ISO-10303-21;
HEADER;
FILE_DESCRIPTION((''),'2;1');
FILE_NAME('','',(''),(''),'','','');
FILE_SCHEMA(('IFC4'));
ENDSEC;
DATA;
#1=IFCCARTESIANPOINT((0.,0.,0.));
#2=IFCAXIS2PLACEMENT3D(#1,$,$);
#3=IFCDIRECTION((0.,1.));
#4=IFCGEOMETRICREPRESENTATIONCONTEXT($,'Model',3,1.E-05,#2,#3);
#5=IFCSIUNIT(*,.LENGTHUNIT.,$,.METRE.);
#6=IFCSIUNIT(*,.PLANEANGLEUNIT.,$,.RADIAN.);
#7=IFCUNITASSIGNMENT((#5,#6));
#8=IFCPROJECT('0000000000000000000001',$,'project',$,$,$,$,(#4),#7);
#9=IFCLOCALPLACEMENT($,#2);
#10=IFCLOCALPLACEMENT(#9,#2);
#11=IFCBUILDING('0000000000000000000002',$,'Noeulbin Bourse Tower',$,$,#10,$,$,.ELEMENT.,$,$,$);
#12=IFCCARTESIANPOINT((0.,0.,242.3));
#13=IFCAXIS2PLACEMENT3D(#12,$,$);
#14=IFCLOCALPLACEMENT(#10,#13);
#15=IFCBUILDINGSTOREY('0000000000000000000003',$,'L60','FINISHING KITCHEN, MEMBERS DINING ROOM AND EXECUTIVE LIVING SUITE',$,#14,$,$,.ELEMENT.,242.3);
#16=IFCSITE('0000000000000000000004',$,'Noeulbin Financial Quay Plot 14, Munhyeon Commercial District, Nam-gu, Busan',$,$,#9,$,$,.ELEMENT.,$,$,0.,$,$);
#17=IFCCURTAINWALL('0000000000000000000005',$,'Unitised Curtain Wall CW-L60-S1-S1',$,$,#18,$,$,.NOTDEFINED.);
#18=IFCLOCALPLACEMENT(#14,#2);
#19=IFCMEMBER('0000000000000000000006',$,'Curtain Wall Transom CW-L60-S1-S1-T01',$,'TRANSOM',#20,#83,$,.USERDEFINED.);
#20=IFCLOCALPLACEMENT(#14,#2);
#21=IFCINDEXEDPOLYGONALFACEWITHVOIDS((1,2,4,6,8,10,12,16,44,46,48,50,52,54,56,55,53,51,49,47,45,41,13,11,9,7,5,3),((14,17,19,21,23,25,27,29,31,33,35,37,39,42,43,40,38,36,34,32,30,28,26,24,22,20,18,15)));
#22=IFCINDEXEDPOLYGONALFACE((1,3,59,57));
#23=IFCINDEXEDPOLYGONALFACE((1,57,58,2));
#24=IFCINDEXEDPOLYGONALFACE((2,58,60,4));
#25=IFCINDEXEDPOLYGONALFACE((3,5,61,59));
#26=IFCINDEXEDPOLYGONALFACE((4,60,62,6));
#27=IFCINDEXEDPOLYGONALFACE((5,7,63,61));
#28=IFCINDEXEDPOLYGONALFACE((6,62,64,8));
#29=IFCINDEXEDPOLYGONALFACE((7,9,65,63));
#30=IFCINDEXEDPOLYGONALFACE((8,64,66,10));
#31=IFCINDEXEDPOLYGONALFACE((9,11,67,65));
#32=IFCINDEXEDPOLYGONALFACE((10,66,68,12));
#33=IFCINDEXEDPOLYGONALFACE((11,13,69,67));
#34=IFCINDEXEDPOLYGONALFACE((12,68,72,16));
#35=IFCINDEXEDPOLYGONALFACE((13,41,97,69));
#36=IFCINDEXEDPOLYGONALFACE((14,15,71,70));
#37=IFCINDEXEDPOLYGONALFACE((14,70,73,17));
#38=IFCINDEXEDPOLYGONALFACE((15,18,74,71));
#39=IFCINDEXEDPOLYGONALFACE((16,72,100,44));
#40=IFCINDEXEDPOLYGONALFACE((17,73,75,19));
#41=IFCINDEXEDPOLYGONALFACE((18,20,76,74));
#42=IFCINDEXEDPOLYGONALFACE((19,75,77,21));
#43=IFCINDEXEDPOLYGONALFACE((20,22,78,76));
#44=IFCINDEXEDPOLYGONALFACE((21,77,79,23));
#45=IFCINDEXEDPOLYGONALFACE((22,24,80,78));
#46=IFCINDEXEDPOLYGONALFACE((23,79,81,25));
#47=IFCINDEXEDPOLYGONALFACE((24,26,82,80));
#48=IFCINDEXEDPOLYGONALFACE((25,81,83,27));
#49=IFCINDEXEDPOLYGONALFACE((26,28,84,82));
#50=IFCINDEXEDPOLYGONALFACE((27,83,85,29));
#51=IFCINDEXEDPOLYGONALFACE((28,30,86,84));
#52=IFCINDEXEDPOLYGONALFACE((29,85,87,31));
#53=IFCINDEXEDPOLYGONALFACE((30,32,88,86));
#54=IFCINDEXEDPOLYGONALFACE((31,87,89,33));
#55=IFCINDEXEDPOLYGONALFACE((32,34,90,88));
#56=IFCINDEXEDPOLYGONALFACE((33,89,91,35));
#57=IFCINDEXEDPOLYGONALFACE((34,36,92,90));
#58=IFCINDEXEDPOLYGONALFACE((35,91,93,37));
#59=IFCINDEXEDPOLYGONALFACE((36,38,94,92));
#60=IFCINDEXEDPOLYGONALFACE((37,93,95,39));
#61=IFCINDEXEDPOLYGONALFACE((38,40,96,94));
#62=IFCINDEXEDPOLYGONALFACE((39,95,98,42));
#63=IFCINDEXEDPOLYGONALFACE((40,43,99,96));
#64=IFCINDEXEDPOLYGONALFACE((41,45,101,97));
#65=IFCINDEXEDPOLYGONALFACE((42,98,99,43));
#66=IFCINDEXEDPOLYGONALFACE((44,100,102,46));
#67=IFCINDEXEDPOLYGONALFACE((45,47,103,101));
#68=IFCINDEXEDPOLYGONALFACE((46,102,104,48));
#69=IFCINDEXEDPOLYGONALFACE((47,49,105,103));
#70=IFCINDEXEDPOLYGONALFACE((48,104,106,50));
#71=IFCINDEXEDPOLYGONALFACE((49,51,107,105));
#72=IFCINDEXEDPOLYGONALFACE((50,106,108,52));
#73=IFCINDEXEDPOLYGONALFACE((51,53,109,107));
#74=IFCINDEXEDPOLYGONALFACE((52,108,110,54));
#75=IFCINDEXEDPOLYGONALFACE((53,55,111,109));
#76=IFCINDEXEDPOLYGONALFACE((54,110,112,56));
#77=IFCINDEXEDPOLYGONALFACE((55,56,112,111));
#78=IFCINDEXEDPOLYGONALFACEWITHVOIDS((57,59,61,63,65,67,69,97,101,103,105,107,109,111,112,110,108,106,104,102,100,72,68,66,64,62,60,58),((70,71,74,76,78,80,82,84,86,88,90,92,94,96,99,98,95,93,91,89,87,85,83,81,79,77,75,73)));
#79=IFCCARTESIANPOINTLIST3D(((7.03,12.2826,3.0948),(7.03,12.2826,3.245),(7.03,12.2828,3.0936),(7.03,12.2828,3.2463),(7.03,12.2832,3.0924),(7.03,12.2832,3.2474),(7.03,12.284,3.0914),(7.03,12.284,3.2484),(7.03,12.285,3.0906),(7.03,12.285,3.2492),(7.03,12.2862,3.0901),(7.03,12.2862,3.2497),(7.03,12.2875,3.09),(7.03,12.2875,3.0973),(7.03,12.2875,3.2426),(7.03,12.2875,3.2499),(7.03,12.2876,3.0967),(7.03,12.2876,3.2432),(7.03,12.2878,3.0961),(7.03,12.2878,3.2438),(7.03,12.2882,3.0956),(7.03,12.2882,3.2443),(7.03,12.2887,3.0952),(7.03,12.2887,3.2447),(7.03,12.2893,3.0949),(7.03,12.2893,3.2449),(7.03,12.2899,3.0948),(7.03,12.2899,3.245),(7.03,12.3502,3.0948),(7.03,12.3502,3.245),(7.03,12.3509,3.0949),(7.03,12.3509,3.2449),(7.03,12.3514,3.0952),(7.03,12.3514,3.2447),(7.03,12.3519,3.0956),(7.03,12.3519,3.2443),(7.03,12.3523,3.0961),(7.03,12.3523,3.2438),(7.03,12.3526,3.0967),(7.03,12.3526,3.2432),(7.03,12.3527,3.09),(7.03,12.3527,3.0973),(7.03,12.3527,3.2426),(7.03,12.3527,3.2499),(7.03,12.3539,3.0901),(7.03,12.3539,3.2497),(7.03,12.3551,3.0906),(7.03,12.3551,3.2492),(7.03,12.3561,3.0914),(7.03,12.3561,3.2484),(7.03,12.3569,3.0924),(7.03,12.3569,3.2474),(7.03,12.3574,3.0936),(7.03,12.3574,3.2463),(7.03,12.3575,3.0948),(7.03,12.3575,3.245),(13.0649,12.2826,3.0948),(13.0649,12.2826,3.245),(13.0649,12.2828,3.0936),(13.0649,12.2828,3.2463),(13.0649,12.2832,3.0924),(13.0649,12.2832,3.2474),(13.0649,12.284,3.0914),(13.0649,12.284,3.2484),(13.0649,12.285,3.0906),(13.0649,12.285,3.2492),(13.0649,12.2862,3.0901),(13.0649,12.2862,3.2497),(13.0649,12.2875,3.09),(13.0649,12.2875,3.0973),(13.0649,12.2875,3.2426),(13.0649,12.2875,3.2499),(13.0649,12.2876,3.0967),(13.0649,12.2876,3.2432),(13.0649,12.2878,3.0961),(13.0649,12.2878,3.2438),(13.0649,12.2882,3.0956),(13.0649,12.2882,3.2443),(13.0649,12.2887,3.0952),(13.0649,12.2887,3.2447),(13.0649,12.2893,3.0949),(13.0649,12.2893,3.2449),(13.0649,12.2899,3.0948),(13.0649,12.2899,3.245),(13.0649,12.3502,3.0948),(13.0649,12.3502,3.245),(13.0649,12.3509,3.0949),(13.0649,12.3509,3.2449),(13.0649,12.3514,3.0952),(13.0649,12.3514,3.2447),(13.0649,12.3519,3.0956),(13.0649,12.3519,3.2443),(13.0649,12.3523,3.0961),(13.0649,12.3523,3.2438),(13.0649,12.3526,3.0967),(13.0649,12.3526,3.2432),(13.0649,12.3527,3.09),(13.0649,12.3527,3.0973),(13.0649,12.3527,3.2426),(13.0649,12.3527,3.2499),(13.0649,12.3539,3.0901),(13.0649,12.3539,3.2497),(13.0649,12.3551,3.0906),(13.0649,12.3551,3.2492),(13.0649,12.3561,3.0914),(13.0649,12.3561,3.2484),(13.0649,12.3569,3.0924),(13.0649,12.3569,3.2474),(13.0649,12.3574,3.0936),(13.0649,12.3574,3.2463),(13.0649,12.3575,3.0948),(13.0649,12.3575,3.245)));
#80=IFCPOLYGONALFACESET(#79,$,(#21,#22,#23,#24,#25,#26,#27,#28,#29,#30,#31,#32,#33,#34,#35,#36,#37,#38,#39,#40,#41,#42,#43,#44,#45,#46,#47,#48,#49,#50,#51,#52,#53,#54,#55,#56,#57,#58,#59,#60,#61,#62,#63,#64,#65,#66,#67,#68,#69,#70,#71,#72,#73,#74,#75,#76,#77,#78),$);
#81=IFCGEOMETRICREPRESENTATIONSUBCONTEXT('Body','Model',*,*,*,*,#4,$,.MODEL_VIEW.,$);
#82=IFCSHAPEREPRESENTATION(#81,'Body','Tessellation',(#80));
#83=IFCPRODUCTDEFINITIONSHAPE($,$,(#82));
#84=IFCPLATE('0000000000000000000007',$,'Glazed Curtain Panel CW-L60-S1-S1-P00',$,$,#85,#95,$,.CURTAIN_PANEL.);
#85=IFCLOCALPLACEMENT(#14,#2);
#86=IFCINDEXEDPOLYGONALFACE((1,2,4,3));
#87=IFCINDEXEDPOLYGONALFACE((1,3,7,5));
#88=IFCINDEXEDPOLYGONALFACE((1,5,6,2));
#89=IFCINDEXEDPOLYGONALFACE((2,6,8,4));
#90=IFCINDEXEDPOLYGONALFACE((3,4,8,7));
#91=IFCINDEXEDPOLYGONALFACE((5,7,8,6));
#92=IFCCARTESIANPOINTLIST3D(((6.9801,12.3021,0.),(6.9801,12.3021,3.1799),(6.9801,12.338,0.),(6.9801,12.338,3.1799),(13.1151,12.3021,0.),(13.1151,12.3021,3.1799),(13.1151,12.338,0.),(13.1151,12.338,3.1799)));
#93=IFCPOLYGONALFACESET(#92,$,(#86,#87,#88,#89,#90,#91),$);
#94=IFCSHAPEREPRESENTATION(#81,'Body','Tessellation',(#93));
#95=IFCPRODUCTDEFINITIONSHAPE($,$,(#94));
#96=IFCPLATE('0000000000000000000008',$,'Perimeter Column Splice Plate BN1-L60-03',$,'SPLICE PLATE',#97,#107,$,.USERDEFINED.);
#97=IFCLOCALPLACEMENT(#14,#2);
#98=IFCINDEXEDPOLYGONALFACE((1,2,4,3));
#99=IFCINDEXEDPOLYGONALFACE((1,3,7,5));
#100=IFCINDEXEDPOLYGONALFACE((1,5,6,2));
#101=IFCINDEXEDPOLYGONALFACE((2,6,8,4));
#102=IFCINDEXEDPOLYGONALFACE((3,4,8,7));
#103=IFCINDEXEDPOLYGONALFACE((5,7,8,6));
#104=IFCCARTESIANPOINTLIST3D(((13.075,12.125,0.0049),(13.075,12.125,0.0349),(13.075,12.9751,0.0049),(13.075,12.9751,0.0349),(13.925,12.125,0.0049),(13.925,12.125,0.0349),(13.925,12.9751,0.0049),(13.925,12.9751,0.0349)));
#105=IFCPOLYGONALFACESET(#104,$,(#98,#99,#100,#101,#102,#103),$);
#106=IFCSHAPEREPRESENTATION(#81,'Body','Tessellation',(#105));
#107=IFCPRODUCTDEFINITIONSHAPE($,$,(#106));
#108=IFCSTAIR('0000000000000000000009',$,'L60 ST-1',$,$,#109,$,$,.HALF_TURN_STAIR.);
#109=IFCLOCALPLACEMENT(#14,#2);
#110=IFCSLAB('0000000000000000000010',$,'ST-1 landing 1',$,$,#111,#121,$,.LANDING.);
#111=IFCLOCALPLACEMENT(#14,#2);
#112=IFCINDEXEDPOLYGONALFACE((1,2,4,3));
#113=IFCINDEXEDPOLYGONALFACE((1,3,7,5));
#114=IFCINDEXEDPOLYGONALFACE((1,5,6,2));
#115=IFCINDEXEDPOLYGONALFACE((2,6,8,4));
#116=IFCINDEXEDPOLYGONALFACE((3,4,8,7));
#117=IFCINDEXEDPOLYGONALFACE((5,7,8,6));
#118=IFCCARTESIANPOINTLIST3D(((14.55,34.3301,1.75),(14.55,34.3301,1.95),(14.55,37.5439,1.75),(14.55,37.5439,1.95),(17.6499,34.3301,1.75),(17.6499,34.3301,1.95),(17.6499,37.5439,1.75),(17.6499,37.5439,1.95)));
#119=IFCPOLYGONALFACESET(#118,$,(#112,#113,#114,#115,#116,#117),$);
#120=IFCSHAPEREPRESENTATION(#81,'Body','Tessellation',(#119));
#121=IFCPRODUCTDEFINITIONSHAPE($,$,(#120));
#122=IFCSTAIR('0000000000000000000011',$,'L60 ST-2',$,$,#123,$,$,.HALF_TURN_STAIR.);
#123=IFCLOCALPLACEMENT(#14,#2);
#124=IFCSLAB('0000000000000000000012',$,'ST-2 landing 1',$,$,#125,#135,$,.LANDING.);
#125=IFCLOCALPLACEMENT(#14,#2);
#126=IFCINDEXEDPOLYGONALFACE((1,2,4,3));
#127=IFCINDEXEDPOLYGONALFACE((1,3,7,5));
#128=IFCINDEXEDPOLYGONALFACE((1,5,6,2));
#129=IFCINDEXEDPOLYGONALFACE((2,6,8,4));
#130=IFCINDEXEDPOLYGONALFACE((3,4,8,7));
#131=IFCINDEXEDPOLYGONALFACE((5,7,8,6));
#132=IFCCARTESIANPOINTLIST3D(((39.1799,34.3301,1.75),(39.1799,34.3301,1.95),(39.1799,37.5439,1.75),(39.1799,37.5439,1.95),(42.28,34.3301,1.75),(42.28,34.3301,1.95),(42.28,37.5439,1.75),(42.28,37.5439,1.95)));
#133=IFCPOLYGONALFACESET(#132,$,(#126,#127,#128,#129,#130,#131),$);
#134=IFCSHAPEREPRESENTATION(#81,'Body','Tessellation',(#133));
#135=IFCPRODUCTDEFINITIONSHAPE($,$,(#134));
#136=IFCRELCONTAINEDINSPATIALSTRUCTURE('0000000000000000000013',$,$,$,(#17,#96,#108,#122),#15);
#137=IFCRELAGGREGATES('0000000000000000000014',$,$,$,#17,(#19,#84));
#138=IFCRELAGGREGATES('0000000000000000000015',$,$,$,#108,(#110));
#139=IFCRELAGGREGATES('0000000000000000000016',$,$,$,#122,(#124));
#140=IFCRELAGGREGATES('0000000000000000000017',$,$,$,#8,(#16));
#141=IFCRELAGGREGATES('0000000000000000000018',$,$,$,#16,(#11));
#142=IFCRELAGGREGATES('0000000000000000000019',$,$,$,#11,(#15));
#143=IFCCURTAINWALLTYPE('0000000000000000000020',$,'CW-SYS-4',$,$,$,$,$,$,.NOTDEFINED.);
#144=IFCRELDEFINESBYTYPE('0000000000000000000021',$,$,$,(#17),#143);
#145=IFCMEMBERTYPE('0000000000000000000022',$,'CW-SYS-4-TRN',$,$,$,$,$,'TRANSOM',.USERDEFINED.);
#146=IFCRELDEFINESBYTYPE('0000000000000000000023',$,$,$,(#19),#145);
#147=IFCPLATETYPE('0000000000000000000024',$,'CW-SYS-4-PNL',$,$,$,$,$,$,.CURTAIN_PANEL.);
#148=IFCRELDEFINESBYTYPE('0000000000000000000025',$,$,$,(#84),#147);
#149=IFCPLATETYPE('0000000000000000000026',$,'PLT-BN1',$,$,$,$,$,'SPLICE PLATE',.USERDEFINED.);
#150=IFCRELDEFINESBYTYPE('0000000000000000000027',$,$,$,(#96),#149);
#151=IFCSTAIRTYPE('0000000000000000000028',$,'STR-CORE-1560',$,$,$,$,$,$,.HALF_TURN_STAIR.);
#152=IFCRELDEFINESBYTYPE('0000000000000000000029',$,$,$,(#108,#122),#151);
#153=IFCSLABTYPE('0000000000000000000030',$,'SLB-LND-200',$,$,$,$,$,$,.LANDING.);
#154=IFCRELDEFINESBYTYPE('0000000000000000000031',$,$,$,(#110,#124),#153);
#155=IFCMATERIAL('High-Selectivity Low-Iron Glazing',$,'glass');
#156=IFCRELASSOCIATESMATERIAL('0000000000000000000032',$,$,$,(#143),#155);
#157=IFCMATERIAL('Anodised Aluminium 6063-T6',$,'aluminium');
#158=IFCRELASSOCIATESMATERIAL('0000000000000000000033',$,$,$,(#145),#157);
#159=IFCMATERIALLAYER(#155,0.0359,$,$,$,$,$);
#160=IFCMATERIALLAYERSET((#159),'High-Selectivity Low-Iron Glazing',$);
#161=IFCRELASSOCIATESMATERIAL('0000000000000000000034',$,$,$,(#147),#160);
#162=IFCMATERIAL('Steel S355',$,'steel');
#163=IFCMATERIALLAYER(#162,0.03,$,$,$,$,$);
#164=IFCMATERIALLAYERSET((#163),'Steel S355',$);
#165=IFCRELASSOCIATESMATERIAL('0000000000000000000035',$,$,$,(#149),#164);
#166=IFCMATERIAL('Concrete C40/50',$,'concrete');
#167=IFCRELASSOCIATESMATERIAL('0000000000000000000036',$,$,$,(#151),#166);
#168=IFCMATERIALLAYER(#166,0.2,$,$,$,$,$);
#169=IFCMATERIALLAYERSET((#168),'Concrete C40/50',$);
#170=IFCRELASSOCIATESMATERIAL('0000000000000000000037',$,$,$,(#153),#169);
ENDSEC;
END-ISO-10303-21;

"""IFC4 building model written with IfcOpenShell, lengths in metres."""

from ifc_helpers import new_model, si_unit, direction, frame, origin, origin_2d, place, context, subcontext, project, spatial, polyline, rectangle, hollow_rectangle, outline, extrude, material, layer, layer_set, material_profile, profile_set, type_object, element, aggregate, save


model = new_model("IFC4")

# Units and contexts
model_context = context("Model", 3, precision=1e-05, world=origin(), true_north=direction((0.0, 1.0)))
body_context = subcontext(model_context, "Body", "Model", "MODEL_VIEW")
ifc_project = project(units=[si_unit("LENGTHUNIT", "METRE"), si_unit("PLANEANGLEUNIT", "RADIAN")], contexts=[model_context])

# Site, building, storey
site_placement = place(None, origin())
site = spatial("IfcSite", under=ifc_project, at=site_placement, Name="Noeulbin Financial Quay Plot 14, Munhyeon Commercial District, Nam-gu, Busan", CompositionType="ELEMENT", RefElevation=0.0)
building_placement = place(site_placement, origin())
building = spatial("IfcBuilding", under=site, at=building_placement, Name="Noeulbin Bourse Tower", CompositionType="ELEMENT")
storey_placement = place(building_placement, frame((0.0, 0.0, 242.3)))
storey = spatial("IfcBuildingStorey", under=building, at=storey_placement, Name="L60", Description="FINISHING KITCHEN, MEMBERS DINING ROOM AND EXECUTIVE LIVING SUITE", CompositionType="ELEMENT", Elevation=242.3)

# Shared definitions
ifc_material_1 = material(Name="Steel S355", Category="steel")

# Curtain wall
ifc_material_2 = material(Name="High-Selectivity Low-Iron Glazing", Category="glass")
curtain_wall_type = type_object("IfcCurtainWallType", Name="CW-SYS-4", PredefinedType="NOTDEFINED", material=ifc_material_2)
curtain_wall_1_placement = place(storey_placement, origin())
curtain_wall_1 = element("IfcCurtainWall", 1, at=curtain_wall_1_placement, inside=storey, type_object=curtain_wall_type, Name="Unitised Curtain Wall CW-L60-S1-S1", PredefinedType="NOTDEFINED")
ifc_material_3 = material(Name="Anodised Aluminium 6063-T6", Category="aluminium")

# Member
ifc_material_profile_1 = material_profile(ifc_material_3, hollow_rectangle(XDim=0.075, YDim=0.1599, WallThickness=0.0049, InnerFilletRadius=0.0024, OuterFilletRadius=0.0049, at=origin_2d()), Name="ALU-TRAN-75x160x5", Category="LoadBearing")
ifc_profile_set_1 = profile_set([ifc_material_profile_1], Name="Anodised Aluminium 6063-T6")
member_type_1 = type_object("IfcMemberType", Name="CW-SYS-4-TRN", ElementType="TRANSOM", PredefinedType="USERDEFINED", material=ifc_profile_set_1)
member_1_placement = place(storey_placement, frame((7.03, 12.3201, 3.1699), z_axis=(1.0, 0.0, 0.0), x_axis=(0.0, 1.0, 0.0)))
member_1 = element("IfcMember", 2, at=member_1_placement, type_object=member_type_1, Name="Curtain Wall Transom CW-L60-S1-S1-T01", ObjectType="TRANSOM", PredefinedType="USERDEFINED", context=body_context, shape_type="SweptSolid", body=[
    extrude(hollow_rectangle(XDim=0.075, YDim=0.1599, WallThickness=0.0049, InnerFilletRadius=0.0024, OuterFilletRadius=0.0049, at=origin_2d()), origin(), (0.0, 0.0, 1.0), 6.0349),
])

# Plates
ifc_layer_1 = layer(ifc_material_2, 0.0359)
ifc_layer_set_1 = layer_set([ifc_layer_1], Name="High-Selectivity Low-Iron Glazing")
plate_type_1 = type_object("IfcPlateType", Name="CW-SYS-4-PNL", PredefinedType="CURTAIN_PANEL", material=ifc_layer_set_1)
plate_1_placement = place(storey_placement, frame((10.0476, 12.3201, 0.0), z_axis=(0.0, 0.0, 1.0), x_axis=(1.0, 0.0, 0.0)))
plate_1 = element("IfcPlate", 3, at=plate_1_placement, type_object=plate_type_1, Name="Glazed Curtain Panel CW-L60-S1-S1-P00", PredefinedType="CURTAIN_PANEL", context=body_context, shape_type="SweptSolid", body=[
    extrude(rectangle(XDim=6.135, YDim=0.0359, at=origin_2d()), origin(), (0.0, 0.0, 1.0), 3.1799),
])
aggregate(curtain_wall_1, [member_1, plate_1])
ifc_layer_2 = layer(ifc_material_1, 0.03)
ifc_layer_set_2 = layer_set([ifc_layer_2], Name="Steel S355")
plate_type_2 = type_object("IfcPlateType", Name="PLT-BN1", ElementType="SPLICE PLATE", PredefinedType="USERDEFINED", material=ifc_layer_set_2)
plate_2_placement = place(storey_placement, frame((13.5, 12.55, 0.0049), z_axis=(0.0, 0.0, 1.0), x_axis=(1.0, 0.0, 0.0)))
element("IfcPlate", 4, at=plate_2_placement, inside=storey, type_object=plate_type_2, Name="Perimeter Column Splice Plate BN1-L60-03", ObjectType="SPLICE PLATE", PredefinedType="USERDEFINED", context=body_context, shape_type="SweptSolid", body=[
    extrude(rectangle(XDim=0.8501, YDim=0.8501, at=origin_2d()), origin(), (0.0, 0.0, 1.0), 0.03),
])

# Stairs, slabs
ifc_material_4 = material(Name="Concrete C40/50", Category="concrete")
stair_type = type_object("IfcStairType", Name="STR-CORE-1560", PredefinedType="HALF_TURN_STAIR", material=ifc_material_4)
stair_1_placement = place(storey_placement, origin())
stair_1 = element("IfcStair", 5, at=stair_1_placement, inside=storey, type_object=stair_type, Name="L60 ST-1", PredefinedType="HALF_TURN_STAIR")
ifc_layer_3 = layer(ifc_material_4, 0.2)
ifc_layer_set_3 = layer_set([ifc_layer_3], Name="Concrete C40/50")
slab_type_1 = type_object("IfcSlabType", Name="SLB-LND-200", PredefinedType="LANDING", material=ifc_layer_set_3)
slab_1_placement = place(storey_placement, frame((0.0, 0.0, 1.75)))
slab_1 = element("IfcSlab", 6, at=slab_1_placement, type_object=slab_type_1, Name="ST-1 landing 1", PredefinedType="LANDING", context=body_context, shape_type="SweptSolid", body=[
    extrude(outline(polyline([(17.6499, 34.3301), (17.6499, 37.5439), (14.55, 37.5439), (14.55, 34.3301), (17.6499, 34.3301)])), origin(), (0.0, 0.0, 1.0), 0.2),
])
aggregate(stair_1, [slab_1])
stair_2_placement = place(storey_placement, origin())
stair_2 = element("IfcStair", 7, at=stair_2_placement, inside=storey, type_object=stair_type, Name="L60 ST-2", PredefinedType="HALF_TURN_STAIR")
slab_2_placement = place(storey_placement, frame((0.0, 0.0, 1.75)))
slab_2 = element("IfcSlab", 8, at=slab_2_placement, type_object=slab_type_1, Name="ST-2 landing 1", PredefinedType="LANDING", context=body_context, shape_type="SweptSolid", body=[
    extrude(outline(polyline([(42.28, 34.3301), (42.28, 37.5439), (39.1799, 37.5439), (39.1799, 34.3301), (42.28, 34.3301)])), origin(), (0.0, 0.0, 1.0), 0.2),
])
aggregate(stair_2, [slab_2])

save(model, "model.ifc")
